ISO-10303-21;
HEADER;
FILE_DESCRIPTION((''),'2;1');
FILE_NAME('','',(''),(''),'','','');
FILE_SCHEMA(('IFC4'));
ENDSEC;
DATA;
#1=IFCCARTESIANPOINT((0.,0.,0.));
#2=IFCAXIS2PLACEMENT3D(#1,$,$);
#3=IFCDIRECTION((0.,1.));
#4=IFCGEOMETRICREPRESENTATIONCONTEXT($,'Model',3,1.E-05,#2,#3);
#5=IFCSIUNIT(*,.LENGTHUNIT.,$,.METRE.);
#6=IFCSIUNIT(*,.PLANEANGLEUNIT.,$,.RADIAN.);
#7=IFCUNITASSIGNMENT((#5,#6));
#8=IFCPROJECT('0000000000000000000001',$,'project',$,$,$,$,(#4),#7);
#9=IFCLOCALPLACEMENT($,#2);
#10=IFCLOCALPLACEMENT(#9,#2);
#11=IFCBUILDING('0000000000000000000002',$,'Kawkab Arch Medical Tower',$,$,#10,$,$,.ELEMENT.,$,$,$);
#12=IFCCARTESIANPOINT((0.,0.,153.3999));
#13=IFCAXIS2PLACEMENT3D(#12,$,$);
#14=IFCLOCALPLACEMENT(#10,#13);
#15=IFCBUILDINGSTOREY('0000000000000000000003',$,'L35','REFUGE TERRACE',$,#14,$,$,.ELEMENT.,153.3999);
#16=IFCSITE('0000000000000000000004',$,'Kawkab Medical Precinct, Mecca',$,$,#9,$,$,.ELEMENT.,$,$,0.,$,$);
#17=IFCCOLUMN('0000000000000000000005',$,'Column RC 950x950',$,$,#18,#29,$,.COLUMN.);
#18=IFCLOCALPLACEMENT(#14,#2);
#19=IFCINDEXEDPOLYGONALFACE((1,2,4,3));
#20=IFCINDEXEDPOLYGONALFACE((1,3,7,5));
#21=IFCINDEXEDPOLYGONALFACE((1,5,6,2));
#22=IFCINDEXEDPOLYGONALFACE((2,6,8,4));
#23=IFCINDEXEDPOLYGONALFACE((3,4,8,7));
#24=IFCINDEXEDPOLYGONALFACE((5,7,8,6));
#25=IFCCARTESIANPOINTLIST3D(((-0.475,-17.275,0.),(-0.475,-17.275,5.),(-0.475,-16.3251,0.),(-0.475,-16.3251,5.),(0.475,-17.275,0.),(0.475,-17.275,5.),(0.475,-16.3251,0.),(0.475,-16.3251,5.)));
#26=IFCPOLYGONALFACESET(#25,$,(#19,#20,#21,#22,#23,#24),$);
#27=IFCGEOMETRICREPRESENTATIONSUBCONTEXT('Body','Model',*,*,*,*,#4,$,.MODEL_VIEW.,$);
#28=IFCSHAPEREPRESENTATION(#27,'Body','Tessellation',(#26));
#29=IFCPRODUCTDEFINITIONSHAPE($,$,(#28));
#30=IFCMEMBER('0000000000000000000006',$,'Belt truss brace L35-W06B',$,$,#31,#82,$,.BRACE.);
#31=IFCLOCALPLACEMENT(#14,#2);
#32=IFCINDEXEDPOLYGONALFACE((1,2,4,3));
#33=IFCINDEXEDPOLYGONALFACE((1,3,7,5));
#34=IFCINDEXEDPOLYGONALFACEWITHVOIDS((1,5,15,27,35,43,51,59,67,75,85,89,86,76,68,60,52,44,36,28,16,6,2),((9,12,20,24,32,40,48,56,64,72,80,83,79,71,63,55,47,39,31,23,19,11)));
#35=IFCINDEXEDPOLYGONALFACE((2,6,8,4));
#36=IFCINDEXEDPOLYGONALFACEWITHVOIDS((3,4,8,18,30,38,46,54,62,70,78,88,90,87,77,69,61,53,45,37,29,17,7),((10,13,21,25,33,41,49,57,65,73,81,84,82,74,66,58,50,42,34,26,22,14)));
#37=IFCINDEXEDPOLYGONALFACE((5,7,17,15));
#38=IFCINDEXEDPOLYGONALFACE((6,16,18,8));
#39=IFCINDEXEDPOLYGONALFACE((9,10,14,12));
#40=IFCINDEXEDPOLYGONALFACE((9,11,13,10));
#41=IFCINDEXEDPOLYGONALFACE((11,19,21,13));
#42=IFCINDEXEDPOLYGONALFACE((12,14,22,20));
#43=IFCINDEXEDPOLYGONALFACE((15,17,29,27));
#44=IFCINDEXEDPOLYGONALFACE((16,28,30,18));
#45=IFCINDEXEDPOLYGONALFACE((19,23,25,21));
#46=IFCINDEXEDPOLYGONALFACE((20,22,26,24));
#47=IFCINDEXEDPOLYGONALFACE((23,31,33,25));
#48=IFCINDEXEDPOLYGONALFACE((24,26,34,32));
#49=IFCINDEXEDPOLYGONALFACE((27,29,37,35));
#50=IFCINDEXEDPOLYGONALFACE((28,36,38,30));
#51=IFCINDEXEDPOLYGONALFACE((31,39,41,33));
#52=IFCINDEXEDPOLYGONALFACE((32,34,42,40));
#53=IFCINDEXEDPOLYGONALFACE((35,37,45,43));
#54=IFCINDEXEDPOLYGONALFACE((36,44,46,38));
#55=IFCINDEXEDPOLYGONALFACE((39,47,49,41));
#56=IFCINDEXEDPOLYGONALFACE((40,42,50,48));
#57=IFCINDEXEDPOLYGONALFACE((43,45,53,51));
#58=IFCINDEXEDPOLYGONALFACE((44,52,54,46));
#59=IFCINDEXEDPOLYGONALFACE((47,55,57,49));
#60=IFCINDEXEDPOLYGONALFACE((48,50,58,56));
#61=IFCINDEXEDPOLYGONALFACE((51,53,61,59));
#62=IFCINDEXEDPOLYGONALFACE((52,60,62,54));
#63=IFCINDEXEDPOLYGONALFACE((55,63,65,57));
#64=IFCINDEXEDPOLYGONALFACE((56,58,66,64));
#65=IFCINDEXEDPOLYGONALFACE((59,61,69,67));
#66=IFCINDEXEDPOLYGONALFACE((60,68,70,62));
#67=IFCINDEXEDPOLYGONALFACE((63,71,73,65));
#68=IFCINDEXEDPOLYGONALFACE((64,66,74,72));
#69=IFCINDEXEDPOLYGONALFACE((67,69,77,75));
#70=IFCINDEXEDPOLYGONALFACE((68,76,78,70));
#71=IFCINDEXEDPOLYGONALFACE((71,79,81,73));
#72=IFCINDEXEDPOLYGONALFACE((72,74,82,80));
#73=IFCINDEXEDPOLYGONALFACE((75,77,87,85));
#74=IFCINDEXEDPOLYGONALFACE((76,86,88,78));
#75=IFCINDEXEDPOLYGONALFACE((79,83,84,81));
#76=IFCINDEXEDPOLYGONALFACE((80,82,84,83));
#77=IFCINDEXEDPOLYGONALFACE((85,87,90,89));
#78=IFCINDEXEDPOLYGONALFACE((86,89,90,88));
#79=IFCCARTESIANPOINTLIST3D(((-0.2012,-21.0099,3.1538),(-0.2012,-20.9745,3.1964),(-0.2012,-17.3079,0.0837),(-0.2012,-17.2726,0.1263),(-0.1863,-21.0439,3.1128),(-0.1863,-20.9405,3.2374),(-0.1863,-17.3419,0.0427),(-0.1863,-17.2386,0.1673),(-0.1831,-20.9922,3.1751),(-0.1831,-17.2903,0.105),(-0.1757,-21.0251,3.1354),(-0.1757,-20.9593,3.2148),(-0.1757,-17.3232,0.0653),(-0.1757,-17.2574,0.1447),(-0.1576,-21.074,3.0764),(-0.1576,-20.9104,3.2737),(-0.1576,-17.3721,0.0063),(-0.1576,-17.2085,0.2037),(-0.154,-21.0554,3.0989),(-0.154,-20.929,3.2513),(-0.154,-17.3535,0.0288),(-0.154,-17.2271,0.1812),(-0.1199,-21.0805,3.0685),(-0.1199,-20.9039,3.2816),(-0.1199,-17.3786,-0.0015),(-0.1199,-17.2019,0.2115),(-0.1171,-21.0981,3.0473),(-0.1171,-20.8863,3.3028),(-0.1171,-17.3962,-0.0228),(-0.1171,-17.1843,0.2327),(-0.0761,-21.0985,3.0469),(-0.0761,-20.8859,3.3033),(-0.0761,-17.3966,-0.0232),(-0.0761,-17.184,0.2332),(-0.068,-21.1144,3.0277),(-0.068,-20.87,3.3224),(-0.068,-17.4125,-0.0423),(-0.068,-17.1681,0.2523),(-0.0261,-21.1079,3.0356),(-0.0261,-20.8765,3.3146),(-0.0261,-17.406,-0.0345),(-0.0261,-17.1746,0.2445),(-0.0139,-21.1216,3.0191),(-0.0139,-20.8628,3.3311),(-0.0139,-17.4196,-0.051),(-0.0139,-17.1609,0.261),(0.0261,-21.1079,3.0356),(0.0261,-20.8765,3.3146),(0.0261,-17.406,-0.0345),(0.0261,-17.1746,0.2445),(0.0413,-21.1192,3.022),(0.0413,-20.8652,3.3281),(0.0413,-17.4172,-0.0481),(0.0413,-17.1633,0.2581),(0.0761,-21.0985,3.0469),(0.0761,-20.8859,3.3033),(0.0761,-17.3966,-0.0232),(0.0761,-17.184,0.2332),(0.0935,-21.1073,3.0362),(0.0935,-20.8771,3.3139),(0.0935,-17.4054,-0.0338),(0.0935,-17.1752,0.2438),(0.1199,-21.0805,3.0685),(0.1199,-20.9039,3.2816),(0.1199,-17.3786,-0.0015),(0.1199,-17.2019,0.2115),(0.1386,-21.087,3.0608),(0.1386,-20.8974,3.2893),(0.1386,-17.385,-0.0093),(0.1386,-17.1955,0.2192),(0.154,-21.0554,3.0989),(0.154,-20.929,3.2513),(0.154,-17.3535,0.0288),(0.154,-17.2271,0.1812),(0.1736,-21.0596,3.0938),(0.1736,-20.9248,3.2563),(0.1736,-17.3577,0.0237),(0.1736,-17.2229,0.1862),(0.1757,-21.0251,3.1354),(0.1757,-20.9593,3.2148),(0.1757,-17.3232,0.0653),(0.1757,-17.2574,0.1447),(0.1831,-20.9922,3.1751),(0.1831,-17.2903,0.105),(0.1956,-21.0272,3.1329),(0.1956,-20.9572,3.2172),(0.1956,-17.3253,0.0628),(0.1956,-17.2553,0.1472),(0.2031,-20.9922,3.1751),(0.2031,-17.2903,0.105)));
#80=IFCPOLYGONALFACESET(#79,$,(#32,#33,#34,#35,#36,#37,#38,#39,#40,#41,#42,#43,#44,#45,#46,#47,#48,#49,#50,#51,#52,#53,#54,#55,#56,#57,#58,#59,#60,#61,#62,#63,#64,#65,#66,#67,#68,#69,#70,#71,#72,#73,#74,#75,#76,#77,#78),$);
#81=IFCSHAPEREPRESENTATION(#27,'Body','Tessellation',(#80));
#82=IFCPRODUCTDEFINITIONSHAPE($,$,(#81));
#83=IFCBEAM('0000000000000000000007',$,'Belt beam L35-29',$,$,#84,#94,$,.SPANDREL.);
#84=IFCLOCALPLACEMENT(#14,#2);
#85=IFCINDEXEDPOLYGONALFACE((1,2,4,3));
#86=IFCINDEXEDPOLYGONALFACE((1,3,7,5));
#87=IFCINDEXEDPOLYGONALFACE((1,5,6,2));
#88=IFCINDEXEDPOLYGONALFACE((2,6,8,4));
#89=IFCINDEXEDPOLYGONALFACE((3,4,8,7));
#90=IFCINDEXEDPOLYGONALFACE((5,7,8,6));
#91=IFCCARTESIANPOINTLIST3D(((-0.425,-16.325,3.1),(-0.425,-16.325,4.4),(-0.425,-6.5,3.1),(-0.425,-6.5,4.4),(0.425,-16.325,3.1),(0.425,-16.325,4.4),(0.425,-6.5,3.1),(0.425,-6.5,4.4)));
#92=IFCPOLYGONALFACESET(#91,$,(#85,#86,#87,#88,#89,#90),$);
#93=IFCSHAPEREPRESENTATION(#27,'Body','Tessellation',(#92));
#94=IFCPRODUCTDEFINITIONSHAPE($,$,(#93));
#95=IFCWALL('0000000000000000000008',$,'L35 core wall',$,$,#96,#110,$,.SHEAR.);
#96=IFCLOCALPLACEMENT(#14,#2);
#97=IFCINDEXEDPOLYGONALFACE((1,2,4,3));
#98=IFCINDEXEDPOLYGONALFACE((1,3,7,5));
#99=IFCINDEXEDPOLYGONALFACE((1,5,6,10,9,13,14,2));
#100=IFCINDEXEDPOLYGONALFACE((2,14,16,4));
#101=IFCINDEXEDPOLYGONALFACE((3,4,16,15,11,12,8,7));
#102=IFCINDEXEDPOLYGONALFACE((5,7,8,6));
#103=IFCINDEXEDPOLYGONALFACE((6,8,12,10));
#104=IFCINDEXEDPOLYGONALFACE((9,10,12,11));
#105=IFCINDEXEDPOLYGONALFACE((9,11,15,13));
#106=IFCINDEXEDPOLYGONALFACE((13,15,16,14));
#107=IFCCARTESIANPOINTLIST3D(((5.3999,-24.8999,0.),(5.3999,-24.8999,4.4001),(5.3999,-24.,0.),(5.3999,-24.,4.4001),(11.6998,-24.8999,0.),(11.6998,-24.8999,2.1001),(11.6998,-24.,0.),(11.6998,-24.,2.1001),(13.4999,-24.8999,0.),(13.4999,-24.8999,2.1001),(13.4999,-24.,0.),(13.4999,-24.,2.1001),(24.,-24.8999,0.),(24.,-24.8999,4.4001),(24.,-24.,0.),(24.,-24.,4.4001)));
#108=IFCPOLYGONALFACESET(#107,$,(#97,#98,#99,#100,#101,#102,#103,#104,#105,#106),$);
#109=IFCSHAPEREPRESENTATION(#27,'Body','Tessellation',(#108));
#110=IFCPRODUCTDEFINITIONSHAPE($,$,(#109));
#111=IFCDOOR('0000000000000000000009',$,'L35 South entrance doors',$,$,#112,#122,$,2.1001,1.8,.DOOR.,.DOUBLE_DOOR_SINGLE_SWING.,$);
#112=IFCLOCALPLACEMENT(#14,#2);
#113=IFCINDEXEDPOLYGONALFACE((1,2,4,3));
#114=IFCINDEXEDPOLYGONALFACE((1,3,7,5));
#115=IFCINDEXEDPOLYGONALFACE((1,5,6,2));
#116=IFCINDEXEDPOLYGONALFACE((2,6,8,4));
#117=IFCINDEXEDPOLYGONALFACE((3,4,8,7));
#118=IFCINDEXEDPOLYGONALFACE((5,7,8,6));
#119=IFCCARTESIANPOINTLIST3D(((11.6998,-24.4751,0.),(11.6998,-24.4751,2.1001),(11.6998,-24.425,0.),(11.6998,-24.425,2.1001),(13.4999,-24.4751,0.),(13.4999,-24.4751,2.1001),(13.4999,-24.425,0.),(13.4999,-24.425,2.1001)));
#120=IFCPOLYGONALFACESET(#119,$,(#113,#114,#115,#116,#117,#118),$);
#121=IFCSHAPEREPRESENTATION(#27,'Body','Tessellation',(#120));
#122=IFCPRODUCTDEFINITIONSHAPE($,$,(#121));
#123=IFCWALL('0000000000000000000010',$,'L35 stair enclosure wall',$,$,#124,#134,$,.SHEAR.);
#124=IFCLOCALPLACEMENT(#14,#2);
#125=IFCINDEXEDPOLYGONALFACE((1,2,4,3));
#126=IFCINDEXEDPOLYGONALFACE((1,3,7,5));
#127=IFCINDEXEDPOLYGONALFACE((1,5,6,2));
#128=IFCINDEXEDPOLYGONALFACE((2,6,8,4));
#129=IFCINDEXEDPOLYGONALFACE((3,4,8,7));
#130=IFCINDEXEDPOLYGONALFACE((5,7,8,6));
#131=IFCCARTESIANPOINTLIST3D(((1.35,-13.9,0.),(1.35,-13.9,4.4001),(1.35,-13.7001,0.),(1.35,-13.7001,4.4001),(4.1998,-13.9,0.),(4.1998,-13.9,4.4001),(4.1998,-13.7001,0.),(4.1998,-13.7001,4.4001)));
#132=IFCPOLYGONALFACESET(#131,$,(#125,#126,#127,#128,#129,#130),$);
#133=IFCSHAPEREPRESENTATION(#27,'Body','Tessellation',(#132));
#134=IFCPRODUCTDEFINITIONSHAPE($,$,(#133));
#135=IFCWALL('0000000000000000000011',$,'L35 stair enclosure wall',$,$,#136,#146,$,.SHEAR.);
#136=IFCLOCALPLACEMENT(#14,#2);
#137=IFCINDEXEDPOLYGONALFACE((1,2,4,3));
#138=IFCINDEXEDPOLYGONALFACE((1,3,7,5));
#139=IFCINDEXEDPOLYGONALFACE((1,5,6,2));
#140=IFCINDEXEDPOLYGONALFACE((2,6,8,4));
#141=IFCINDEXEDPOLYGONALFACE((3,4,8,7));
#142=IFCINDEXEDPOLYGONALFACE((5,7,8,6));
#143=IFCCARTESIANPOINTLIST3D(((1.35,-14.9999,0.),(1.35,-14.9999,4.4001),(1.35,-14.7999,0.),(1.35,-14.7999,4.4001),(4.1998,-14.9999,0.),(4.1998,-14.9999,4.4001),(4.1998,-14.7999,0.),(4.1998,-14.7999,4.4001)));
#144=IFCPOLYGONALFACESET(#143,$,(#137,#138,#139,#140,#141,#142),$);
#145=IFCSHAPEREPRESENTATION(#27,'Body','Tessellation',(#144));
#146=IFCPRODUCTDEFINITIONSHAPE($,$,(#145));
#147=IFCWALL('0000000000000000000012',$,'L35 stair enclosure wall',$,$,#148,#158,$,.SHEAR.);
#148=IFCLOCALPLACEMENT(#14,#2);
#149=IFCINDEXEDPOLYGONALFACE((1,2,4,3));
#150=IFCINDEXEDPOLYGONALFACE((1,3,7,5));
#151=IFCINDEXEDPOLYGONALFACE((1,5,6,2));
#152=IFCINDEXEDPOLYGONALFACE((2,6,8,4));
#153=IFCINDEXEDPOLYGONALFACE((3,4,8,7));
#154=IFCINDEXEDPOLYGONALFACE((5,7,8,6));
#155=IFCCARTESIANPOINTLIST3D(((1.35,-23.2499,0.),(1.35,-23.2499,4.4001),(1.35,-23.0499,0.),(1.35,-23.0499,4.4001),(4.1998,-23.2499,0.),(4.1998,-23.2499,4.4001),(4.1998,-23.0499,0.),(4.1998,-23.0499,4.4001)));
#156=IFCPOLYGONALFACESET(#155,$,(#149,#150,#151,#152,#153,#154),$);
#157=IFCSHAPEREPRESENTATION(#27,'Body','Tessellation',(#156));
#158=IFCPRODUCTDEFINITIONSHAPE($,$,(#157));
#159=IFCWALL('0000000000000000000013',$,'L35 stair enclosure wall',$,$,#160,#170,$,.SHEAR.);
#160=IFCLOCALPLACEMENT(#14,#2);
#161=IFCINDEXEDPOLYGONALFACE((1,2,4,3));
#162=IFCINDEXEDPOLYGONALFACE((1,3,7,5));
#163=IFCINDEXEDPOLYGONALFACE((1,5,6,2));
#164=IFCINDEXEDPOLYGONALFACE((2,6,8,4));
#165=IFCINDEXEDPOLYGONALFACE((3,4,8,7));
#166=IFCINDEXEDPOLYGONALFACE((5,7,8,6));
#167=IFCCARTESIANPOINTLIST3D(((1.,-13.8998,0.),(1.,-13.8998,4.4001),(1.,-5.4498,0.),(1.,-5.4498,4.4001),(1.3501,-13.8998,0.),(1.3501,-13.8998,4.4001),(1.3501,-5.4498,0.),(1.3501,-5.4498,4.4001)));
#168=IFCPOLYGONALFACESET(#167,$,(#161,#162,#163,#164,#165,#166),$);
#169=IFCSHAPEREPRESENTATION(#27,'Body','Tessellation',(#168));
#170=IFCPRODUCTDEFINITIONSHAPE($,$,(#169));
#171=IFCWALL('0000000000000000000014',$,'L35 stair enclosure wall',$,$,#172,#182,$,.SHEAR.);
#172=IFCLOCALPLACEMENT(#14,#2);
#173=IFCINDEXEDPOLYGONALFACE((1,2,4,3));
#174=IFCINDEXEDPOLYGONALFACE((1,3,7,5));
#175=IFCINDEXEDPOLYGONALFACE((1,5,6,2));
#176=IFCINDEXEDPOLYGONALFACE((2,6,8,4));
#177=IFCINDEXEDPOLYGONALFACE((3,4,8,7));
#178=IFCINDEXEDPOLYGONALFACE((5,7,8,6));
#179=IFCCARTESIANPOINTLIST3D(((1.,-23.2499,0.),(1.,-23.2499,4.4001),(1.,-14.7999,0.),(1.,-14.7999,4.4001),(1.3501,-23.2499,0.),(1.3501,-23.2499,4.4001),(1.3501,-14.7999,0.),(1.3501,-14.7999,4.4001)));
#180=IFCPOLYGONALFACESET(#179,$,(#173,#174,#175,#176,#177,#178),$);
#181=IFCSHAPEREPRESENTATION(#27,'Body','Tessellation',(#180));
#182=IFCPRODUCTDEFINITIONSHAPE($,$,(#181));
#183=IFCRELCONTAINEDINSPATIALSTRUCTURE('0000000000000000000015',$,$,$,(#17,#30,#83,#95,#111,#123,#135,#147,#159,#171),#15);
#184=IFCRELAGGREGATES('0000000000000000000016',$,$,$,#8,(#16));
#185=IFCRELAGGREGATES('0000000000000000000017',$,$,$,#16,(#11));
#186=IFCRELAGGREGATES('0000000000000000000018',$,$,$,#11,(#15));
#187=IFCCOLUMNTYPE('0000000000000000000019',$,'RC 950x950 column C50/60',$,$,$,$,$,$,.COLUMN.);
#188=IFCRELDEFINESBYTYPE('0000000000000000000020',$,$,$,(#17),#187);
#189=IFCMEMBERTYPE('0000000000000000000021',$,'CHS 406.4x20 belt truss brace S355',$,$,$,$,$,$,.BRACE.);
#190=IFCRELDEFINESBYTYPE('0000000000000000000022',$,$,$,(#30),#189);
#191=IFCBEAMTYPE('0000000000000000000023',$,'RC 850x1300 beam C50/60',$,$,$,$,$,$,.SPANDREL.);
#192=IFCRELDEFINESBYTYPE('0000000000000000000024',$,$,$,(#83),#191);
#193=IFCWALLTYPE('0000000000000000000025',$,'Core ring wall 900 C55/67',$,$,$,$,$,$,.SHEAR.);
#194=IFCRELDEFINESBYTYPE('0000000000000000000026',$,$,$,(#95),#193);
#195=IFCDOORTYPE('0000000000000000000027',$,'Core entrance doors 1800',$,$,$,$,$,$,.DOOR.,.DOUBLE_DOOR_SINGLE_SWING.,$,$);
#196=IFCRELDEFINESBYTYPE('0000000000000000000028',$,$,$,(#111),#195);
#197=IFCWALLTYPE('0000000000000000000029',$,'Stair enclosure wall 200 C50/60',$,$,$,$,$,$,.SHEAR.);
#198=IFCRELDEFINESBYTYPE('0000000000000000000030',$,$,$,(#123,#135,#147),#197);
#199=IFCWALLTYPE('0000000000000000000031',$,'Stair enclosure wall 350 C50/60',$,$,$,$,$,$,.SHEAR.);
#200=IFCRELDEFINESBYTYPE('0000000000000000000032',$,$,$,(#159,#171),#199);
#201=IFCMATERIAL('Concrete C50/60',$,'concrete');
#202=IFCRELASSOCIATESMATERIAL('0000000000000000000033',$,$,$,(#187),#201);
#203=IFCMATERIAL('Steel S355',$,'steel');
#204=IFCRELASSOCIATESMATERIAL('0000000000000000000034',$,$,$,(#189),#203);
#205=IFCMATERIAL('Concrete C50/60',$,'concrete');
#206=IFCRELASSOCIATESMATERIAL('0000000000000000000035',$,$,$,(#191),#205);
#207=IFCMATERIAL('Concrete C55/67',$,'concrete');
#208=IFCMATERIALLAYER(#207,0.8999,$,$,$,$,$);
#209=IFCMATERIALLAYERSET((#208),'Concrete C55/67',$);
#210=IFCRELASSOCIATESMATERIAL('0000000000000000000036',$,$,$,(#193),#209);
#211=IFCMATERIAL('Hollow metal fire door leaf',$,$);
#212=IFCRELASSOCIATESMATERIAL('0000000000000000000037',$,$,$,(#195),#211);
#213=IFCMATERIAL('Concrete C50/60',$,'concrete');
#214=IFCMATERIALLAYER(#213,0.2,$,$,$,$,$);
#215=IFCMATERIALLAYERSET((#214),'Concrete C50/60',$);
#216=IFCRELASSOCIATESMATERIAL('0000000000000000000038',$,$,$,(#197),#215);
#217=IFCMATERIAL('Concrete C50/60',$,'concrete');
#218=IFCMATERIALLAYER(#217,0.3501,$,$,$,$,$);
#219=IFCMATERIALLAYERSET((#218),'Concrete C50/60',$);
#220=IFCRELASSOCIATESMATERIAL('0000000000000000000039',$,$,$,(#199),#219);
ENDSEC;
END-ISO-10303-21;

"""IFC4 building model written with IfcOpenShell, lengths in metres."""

from ifc_helpers import new_model, si_unit, direction, frame, frame_2d, origin, origin_2d, place, context, subcontext, project, spatial, rectangle, hollow_circle, extrude, material, layer, layer_set, material_profile, profile_set, type_object, element, fill, save


model = new_model("IFC4")

# Units and contexts
model_context = context("Model", 3, precision=1e-05, world=origin(), true_north=direction((0.0, 1.0)))
body_context = subcontext(model_context, "Body", "Model", "MODEL_VIEW")
ifc_project = project(units=[si_unit("LENGTHUNIT", "METRE"), si_unit("PLANEANGLEUNIT", "RADIAN")], contexts=[model_context])

# Site, building, storey
site_placement = place(None, origin())
site = spatial("IfcSite", under=ifc_project, at=site_placement, Name="Kawkab Medical Precinct, Mecca", CompositionType="ELEMENT", RefElevation=0.0)
building_placement = place(site_placement, origin())
building = spatial("IfcBuilding", under=site, at=building_placement, Name="Kawkab Arch Medical Tower", CompositionType="ELEMENT")
storey_placement = place(building_placement, frame((0.0, 0.0, 153.3999)))
storey = spatial("IfcBuildingStorey", under=building, at=storey_placement, Name="L35", Description="REFUGE TERRACE", CompositionType="ELEMENT", Elevation=153.3999)

# Column
ifc_material_1 = material(Name="Concrete C50/60", Category="concrete")
ifc_material_profile_1 = material_profile(ifc_material_1, rectangle(XDim=0.95, YDim=0.95, at=origin_2d()), Name="RC 950x950")
ifc_profile_set_1 = profile_set([ifc_material_profile_1], Name="Concrete C50/60")
column_type = type_object("IfcColumnType", Name="RC 950x950 column C50/60", PredefinedType="COLUMN", material=ifc_profile_set_1)
column_placement = place(storey_placement, frame((0.0, -16.8, 0.0), z_axis=(0.0, 0.0, 1.0), x_axis=(1.0, 0.0, 0.0)))
element("IfcColumn", 1, at=column_placement, inside=storey, type_object=column_type, Name="Column RC 950x950", PredefinedType="COLUMN", context=body_context, shape_type="SweptSolid", body=[
    extrude(rectangle(XDim=0.95, YDim=0.95, at=origin_2d()), origin(), (0.0, 0.0, 1.0), 5.0),
])

# Member
ifc_material_2 = material(Name="Steel S355", Category="steel")
ifc_material_profile_2 = material_profile(ifc_material_2, hollow_circle(Radius=0.2031, WallThickness=0.02, at=origin_2d()), Name="CHS 406.4x20")
ifc_profile_set_2 = profile_set([ifc_material_profile_2], Name="Steel S355")
member_type = type_object("IfcMemberType", Name="CHS 406.4x20 belt truss brace S355", PredefinedType="BRACE", material=ifc_profile_set_2)
member_placement = place(storey_placement, frame((0.0, -17.2903, 0.105), z_axis=(0.0, -0.769738, 0.63836), x_axis=(1.0, 0.0, 0.0)))
element("IfcMember", 2, at=member_placement, inside=storey, type_object=member_type, Name="Belt truss brace L35-W06B", PredefinedType="BRACE", context=body_context, shape_type="SweptSolid", body=[
    extrude(hollow_circle(Radius=0.2031, WallThickness=0.02, at=origin_2d()), origin(), (0.0, 0.0, 1.0), 4.8093),
])

# Beam
ifc_material_3 = material(Name="Concrete C50/60", Category="concrete")
ifc_material_profile_3 = material_profile(ifc_material_3, rectangle(XDim=0.8501, YDim=1.3, at=origin_2d()), Name="RC 850x1300")
ifc_profile_set_3 = profile_set([ifc_material_profile_3], Name="Concrete C50/60")
beam_type = type_object("IfcBeamType", Name="RC 850x1300 beam C50/60", PredefinedType="SPANDREL", material=ifc_profile_set_3)
beam_placement = place(storey_placement, frame((0.0, -16.325, 3.75), z_axis=(0.0, 1.0, 0.0), x_axis=(-1.0, 0.0, 0.0)))
element("IfcBeam", 3, at=beam_placement, inside=storey, type_object=beam_type, Name="Belt beam L35-29", PredefinedType="SPANDREL", context=body_context, shape_type="SweptSolid", body=[
    extrude(rectangle(XDim=0.8501, YDim=1.3, at=origin_2d()), origin(), (0.0, 0.0, 1.0), 9.825),
])

# Wall, opening, door
ifc_material_4 = material(Name="Concrete C55/67", Category="concrete")
ifc_layer_1 = layer(ifc_material_4, 0.8999)
ifc_layer_set_1 = layer_set([ifc_layer_1], Name="Concrete C55/67")
wall_type_1 = type_object("IfcWallType", Name="Core ring wall 900 C55/67", PredefinedType="SHEAR", material=ifc_layer_set_1)
wall_placement = place(storey_placement, frame((5.3999, -24.45, 0.0), z_axis=(0.0, 0.0, 1.0), x_axis=(1.0, 0.0, 0.0)))
wall = element("IfcWall", 4, at=wall_placement, inside=storey, type_object=wall_type_1, Name="L35 core wall", PredefinedType="SHEAR", context=body_context, shape_type="SweptSolid", body=[
    extrude(rectangle(XDim=18.6001, YDim=0.8999, at=frame_2d((9.3, 0.0))), origin(), (0.0, 0.0, 1.0), 4.4001),
])
opening_placement = place(wall_placement, frame((6.3, 0.0, 0.0)))
opening = element("IfcOpeningElement", 5, at=opening_placement, cuts=wall, PredefinedType="OPENING", context=body_context, shape_type="SweptSolid", body=[
    extrude(rectangle(XDim=1.8, YDim=2.1001, at=frame_2d((0.8999, 1.05))), frame((0.0, 0.46, 0.0), z_axis=(0.0, -1.0, 0.0), x_axis=(1.0, 0.0, 0.0)), (0.0, 0.0, 1.0), 0.9199),
])
ifc_material_5 = material(Name="Hollow metal fire door leaf")
door_type = type_object("IfcDoorType", Name="Core entrance doors 1800", OperationType="DOUBLE_DOOR_SINGLE_SWING", PredefinedType="DOOR", material=ifc_material_5)
door_placement = place(opening_placement, origin())
door = element("IfcDoor", 6, at=door_placement, inside=storey, type_object=door_type, Name="L35 South entrance doors", OperationType="DOUBLE_DOOR_SINGLE_SWING", OverallHeight=2.1001, OverallWidth=1.8, PredefinedType="DOOR", context=body_context, shape_type="SweptSolid", body=[
    extrude(rectangle(XDim=1.8, YDim=2.1001, at=frame_2d((0.8999, 1.05))), frame((0.0, 0.0249, 0.0), z_axis=(0.0, -1.0, 0.0), x_axis=(1.0, 0.0, 0.0)), (0.0, 0.0, 1.0), 0.05),
])
fill(opening, door)

# Walls
ifc_material_6 = material(Name="Concrete C50/60", Category="concrete")
ifc_layer_2 = layer(ifc_material_6, 0.2)
ifc_layer_set_2 = layer_set([ifc_layer_2], Name="Concrete C50/60")
wall_type_2 = type_object("IfcWallType", Name="Stair enclosure wall 200 C50/60", PredefinedType="SHEAR", material=ifc_layer_set_2)
for number, where, z_axis, x_axis, name in (
    (7, (1.3501, -13.8, 0.0), (0.0, 0.0, 1.0), (1.0, 0.0, 0.0), "L35 stair enclosure wall"),
    (8, (1.3501, -14.8999, 0.0), (0.0, 0.0, 1.0), (1.0, 0.0, 0.0), "L35 stair enclosure wall"),
    (9, (1.3501, -23.1499, 0.0), (0.0, 0.0, 1.0), (1.0, 0.0, 0.0), "L35 stair enclosure wall"),
):
    element("IfcWall", number, at=place(storey_placement, frame(where, z_axis=z_axis, x_axis=x_axis)), inside=storey, type_object=wall_type_2, Name=name, PredefinedType="SHEAR", context=body_context, shape_type="SweptSolid", body=[
        extrude(rectangle(XDim=2.8499, YDim=0.2, at=frame_2d((1.4248, 0.0))), origin(), (0.0, 0.0, 1.0), 4.4001),
    ])
ifc_material_7 = material(Name="Concrete C50/60", Category="concrete")
ifc_layer_3 = layer(ifc_material_7, 0.3501)
ifc_layer_set_3 = layer_set([ifc_layer_3], Name="Concrete C50/60")
wall_type_3 = type_object("IfcWallType", Name="Stair enclosure wall 350 C50/60", PredefinedType="SHEAR", material=ifc_layer_set_3)
for number, where, z_axis, x_axis, name in (
    (10, (1.175, -13.8999, 0.0), (0.0, 0.0, 1.0), (0.0, 1.0, 0.0), "L35 stair enclosure wall"),
    (11, (1.175, -23.25, 0.0), (0.0, 0.0, 1.0), (0.0, 1.0, 0.0), "L35 stair enclosure wall"),
):
    element("IfcWall", number, at=place(storey_placement, frame(where, z_axis=z_axis, x_axis=x_axis)), inside=storey, type_object=wall_type_3, Name=name, PredefinedType="SHEAR", context=body_context, shape_type="SweptSolid", body=[
        extrude(rectangle(XDim=8.45, YDim=0.3501, at=frame_2d((4.2251, 0.0))), origin(), (0.0, 0.0, 1.0), 4.4001),
    ])

save(model, "model.ifc")
